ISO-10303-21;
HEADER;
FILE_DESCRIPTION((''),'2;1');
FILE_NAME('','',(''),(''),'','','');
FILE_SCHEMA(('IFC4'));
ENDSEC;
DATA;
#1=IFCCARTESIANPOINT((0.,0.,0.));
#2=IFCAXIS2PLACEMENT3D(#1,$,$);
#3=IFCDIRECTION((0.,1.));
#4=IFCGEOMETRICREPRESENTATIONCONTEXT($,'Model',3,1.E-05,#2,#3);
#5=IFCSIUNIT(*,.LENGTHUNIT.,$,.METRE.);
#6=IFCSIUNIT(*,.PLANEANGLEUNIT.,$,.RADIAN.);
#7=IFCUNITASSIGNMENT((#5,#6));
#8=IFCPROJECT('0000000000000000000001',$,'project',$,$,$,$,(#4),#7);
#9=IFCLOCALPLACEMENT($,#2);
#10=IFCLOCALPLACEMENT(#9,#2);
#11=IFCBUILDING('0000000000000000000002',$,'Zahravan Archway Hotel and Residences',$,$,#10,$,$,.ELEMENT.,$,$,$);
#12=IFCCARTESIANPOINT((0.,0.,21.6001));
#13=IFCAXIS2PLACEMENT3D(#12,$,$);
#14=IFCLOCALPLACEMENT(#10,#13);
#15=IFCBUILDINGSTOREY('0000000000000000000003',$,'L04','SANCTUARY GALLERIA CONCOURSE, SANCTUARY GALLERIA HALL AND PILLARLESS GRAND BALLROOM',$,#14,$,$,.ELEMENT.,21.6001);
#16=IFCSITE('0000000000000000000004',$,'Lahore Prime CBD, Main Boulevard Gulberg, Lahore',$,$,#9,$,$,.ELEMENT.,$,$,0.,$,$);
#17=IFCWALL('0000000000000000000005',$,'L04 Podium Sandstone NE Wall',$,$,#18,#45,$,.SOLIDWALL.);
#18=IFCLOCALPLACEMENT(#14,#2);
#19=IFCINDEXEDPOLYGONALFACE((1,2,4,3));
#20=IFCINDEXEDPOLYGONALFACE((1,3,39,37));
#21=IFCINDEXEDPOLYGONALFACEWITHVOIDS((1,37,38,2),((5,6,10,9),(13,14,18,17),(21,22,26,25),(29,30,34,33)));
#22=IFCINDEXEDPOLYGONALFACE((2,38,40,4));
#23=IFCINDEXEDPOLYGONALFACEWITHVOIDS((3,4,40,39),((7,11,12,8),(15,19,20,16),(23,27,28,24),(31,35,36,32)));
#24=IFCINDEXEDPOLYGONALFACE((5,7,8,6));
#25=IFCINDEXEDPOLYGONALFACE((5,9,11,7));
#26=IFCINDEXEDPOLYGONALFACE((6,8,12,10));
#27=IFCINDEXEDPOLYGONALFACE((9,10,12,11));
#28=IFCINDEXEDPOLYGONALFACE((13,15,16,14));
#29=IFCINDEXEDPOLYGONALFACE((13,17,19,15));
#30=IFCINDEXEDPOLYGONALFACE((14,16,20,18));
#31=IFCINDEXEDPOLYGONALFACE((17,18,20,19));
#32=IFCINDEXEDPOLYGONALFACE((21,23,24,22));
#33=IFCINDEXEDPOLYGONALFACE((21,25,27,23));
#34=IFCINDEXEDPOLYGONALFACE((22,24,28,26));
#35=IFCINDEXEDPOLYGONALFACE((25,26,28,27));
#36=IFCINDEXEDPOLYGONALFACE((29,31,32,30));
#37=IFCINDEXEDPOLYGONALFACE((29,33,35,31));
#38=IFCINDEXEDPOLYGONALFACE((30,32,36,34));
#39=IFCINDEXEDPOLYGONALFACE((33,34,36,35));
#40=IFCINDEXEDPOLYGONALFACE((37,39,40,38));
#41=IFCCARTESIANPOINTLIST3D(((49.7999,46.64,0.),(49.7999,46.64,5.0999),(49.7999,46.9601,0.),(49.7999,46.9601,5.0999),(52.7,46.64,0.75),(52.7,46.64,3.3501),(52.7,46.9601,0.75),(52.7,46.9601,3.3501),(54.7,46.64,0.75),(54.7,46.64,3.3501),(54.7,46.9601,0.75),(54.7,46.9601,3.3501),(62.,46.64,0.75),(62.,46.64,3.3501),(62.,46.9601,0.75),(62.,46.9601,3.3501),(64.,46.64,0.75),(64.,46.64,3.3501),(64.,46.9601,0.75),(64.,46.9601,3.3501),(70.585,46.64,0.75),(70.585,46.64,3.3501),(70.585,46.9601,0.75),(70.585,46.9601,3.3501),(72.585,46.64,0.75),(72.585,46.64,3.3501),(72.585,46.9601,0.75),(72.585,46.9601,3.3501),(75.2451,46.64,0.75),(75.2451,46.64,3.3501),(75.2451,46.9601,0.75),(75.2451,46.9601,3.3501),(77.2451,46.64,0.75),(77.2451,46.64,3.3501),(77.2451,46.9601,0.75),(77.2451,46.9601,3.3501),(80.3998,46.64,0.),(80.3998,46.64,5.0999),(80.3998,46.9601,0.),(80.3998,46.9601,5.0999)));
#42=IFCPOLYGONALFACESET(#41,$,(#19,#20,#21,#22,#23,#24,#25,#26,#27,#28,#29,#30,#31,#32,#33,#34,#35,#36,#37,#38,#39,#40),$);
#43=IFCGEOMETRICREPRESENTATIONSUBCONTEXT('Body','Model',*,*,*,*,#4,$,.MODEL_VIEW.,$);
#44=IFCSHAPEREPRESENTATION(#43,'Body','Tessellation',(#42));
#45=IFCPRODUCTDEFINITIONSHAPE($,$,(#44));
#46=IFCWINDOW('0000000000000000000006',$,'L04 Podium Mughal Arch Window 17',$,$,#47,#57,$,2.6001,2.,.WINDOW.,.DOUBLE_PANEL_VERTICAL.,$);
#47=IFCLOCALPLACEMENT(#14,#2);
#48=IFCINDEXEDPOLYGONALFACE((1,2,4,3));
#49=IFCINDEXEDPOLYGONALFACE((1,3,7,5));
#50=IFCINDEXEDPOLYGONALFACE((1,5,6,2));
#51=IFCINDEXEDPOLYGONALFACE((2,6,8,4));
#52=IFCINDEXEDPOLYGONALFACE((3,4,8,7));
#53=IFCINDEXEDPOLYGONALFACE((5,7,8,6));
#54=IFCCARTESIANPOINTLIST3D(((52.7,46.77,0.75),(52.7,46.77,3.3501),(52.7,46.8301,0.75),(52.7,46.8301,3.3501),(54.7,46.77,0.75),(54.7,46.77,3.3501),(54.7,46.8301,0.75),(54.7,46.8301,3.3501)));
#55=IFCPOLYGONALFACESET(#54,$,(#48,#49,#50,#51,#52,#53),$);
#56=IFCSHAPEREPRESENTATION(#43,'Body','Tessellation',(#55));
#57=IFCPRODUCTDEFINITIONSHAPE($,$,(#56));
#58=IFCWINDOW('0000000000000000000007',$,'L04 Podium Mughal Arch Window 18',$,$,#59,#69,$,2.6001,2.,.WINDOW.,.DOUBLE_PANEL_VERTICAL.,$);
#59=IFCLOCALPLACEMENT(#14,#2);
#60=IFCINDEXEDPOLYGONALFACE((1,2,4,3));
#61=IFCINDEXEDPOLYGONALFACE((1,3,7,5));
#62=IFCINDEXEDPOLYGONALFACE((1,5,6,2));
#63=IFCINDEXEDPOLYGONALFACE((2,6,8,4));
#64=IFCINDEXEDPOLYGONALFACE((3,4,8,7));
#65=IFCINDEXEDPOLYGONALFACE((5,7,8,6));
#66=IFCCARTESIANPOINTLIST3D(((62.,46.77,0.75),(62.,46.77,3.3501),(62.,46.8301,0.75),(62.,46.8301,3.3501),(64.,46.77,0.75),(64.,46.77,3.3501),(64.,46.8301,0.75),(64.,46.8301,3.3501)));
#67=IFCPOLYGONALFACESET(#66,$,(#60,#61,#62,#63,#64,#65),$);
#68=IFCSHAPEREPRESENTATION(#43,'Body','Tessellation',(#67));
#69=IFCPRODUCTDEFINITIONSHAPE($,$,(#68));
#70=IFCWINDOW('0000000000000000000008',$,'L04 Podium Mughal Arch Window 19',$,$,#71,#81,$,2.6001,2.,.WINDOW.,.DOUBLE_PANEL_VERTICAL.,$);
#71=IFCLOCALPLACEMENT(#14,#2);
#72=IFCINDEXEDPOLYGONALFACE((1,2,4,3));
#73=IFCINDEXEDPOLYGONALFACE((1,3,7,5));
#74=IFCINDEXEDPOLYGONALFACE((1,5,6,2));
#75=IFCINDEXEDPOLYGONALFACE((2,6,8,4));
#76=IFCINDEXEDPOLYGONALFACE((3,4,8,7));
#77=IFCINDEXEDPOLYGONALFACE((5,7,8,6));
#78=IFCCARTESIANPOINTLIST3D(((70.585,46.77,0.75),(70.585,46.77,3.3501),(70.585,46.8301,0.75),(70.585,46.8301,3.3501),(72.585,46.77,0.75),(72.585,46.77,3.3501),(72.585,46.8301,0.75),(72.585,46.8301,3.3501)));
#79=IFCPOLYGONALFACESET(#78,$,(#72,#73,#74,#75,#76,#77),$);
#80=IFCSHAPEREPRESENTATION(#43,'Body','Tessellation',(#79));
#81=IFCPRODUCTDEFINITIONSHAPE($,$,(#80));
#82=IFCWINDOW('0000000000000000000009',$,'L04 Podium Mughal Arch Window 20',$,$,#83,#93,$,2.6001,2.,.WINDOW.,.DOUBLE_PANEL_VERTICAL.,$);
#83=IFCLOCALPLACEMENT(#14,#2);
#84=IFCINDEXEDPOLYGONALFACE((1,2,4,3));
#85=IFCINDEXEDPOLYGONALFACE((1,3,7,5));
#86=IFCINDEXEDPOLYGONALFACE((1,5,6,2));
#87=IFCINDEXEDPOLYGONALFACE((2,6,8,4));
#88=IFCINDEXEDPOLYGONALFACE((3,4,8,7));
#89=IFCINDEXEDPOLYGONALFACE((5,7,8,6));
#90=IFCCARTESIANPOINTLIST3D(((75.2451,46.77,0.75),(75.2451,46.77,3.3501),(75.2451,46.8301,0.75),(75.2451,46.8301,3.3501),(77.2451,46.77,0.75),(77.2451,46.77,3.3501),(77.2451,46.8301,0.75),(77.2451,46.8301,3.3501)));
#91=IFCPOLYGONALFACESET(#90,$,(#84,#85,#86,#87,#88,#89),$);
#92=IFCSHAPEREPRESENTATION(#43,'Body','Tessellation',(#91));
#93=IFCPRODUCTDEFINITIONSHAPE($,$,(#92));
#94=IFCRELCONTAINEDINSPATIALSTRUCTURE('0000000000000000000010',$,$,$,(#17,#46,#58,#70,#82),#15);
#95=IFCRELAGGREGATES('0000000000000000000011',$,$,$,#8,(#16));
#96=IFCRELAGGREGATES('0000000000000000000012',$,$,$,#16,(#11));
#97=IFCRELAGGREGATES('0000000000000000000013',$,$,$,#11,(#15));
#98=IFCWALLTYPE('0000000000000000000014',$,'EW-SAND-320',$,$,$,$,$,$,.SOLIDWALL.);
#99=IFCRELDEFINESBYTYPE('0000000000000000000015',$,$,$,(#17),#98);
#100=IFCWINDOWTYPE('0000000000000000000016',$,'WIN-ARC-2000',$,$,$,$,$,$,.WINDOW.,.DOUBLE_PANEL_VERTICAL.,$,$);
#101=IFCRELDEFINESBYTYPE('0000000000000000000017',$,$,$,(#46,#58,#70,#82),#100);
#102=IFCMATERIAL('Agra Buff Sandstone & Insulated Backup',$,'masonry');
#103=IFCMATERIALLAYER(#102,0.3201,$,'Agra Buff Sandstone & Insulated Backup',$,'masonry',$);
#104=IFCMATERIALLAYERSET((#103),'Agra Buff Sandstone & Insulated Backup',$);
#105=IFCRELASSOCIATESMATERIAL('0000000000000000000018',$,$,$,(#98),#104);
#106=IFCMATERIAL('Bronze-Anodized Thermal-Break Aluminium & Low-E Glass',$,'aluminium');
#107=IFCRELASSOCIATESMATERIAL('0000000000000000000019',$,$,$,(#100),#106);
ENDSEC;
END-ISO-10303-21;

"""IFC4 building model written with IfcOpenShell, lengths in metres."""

from ifc_helpers import new_model, si_unit, direction, frame, frame_2d, origin, place, context, subcontext, project, spatial, rectangle, extrude, source, transform, mapped, material, layer, layer_set, type_object, type_shapes, element, fill, save


model = new_model("IFC4")

# Units and contexts
model_context = context("Model", 3, precision=1e-05, world=origin(), true_north=direction((0.0, 1.0)))
body_context = subcontext(model_context, "Body", "Model", "MODEL_VIEW")
ifc_project = project(units=[si_unit("LENGTHUNIT", "METRE"), si_unit("PLANEANGLEUNIT", "RADIAN")], contexts=[model_context])

# Site, building, storey
site_placement = place(None, origin())
site = spatial("IfcSite", under=ifc_project, at=site_placement, Name="Lahore Prime CBD, Main Boulevard Gulberg, Lahore", CompositionType="ELEMENT", RefElevation=0.0)
building_placement = place(site_placement, origin())
building = spatial("IfcBuilding", under=site, at=building_placement, Name="Zahravan Archway Hotel and Residences", CompositionType="ELEMENT")
storey_placement = place(building_placement, frame((0.0, 0.0, 21.6001)))
storey = spatial("IfcBuildingStorey", under=building, at=storey_placement, Name="L04", Description="SANCTUARY GALLERIA CONCOURSE, SANCTUARY GALLERIA HALL AND PILLARLESS GRAND BALLROOM", CompositionType="ELEMENT", Elevation=21.6001)

# Wall, openings, windows
ifc_material_1 = material(Name="Agra Buff Sandstone & Insulated Backup", Category="masonry")
ifc_layer_1 = layer(ifc_material_1, 0.3201, Name="Agra Buff Sandstone & Insulated Backup", Category="masonry")
ifc_layer_set_1 = layer_set([ifc_layer_1], Name="Agra Buff Sandstone & Insulated Backup")
wall_type = type_object("IfcWallType", Name="EW-SAND-320", PredefinedType="SOLIDWALL", material=ifc_layer_set_1)
wall_placement = place(storey_placement, frame((49.8, 46.8, 0.0), z_axis=(0.0, 0.0, 1.0), x_axis=(1.0, 0.0, 0.0)))
wall = element("IfcWall", 1, at=wall_placement, inside=storey, type_object=wall_type, Name="L04 Podium Sandstone NE Wall", PredefinedType="SOLIDWALL", context=body_context, shape_type="SweptSolid", body=[
    extrude(rectangle(XDim=30.5999, YDim=0.3201, at=frame_2d((15.2998, 0.0))), origin(), (0.0, 0.0, 1.0), 5.0999),
])
opening_1_placement = place(wall_placement, frame((2.8999, 0.0, 0.75)))
opening_1 = element("IfcOpeningElement", 2, at=opening_1_placement, cuts=wall, PredefinedType="OPENING", context=body_context, shape_type="SweptSolid", body=[
    extrude(rectangle(XDim=2.0, YDim=2.6001, at=frame_2d((1.0, 1.3))), frame((0.0, 0.1699, 0.0), z_axis=(0.0, -1.0, 0.0), x_axis=(1.0, 0.0, 0.0)), (0.0, 0.0, 1.0), 0.3401),
])
opening_2_placement = place(wall_placement, frame((12.2, 0.0, 0.75)))
opening_2 = element("IfcOpeningElement", 3, at=opening_2_placement, cuts=wall, PredefinedType="OPENING", context=body_context, shape_type="SweptSolid", body=[
    extrude(rectangle(XDim=2.0, YDim=2.6001, at=frame_2d((1.0, 1.3))), frame((0.0, 0.1699, 0.0), z_axis=(0.0, -1.0, 0.0), x_axis=(1.0, 0.0, 0.0)), (0.0, 0.0, 1.0), 0.3401),
])
opening_3_placement = place(wall_placement, frame((20.7849, 0.0, 0.75)))
opening_3 = element("IfcOpeningElement", 4, at=opening_3_placement, cuts=wall, PredefinedType="OPENING", context=body_context, shape_type="SweptSolid", body=[
    extrude(rectangle(XDim=2.0, YDim=2.6001, at=frame_2d((1.0, 1.3))), frame((0.0, 0.1699, 0.0), z_axis=(0.0, -1.0, 0.0), x_axis=(1.0, 0.0, 0.0)), (0.0, 0.0, 1.0), 0.3401),
])
opening_4_placement = place(wall_placement, frame((25.4451, 0.0, 0.75)))
opening_4 = element("IfcOpeningElement", 5, at=opening_4_placement, cuts=wall, PredefinedType="OPENING", context=body_context, shape_type="SweptSolid", body=[
    extrude(rectangle(XDim=2.0, YDim=2.6001, at=frame_2d((1.0, 1.3))), frame((0.0, 0.1699, 0.0), z_axis=(0.0, -1.0, 0.0), x_axis=(1.0, 0.0, 0.0)), (0.0, 0.0, 1.0), 0.3401),
])
ifc_material_2 = material(Name="Bronze-Anodized Thermal-Break Aluminium & Low-E Glass", Category="aluminium")
window_type = type_object("IfcWindowType", Name="WIN-ARC-2000", PartitioningType="DOUBLE_PANEL_VERTICAL", PredefinedType="WINDOW", material=ifc_material_2)
shared_shape_1 = source(origin(), body_context, "Body", "SweptSolid", [
    extrude(rectangle(XDim=2.0, YDim=2.6001, at=frame_2d((1.0, 1.3))), frame((0.0, 0.03, 0.0), z_axis=(0.0, -1.0, 0.0), x_axis=(1.0, 0.0, 0.0)), (0.0, 0.0, 1.0), 0.0601),
])
type_shapes(window_type, [shared_shape_1])
window_1_placement = place(opening_1_placement, origin())
window_1 = element("IfcWindow", 6, at=window_1_placement, inside=storey, type_object=window_type, Name="L04 Podium Mughal Arch Window 17", OverallHeight=2.6001, OverallWidth=2.0, PartitioningType="DOUBLE_PANEL_VERTICAL", PredefinedType="WINDOW", context=body_context, shape_type="MappedRepresentation", body=[
    mapped(shared_shape_1, transform((0.0, 0.0, 0.0), scale=1.0)),
])
fill(opening_1, window_1)
window_2_placement = place(opening_2_placement, origin())
window_2 = element("IfcWindow", 7, at=window_2_placement, inside=storey, type_object=window_type, Name="L04 Podium Mughal Arch Window 18", OverallHeight=2.6001, OverallWidth=2.0, PartitioningType="DOUBLE_PANEL_VERTICAL", PredefinedType="WINDOW", context=body_context, shape_type="MappedRepresentation", body=[
    mapped(shared_shape_1, transform((0.0, 0.0, 0.0), scale=1.0)),
])
fill(opening_2, window_2)
window_3_placement = place(opening_3_placement, origin())
window_3 = element("IfcWindow", 8, at=window_3_placement, inside=storey, type_object=window_type, Name="L04 Podium Mughal Arch Window 19", OverallHeight=2.6001, OverallWidth=2.0, PartitioningType="DOUBLE_PANEL_VERTICAL", PredefinedType="WINDOW", context=body_context, shape_type="MappedRepresentation", body=[
    mapped(shared_shape_1, transform((0.0, 0.0, 0.0), scale=1.0)),
])
fill(opening_3, window_3)
window_4_placement = place(opening_4_placement, origin())
window_4 = element("IfcWindow", 9, at=window_4_placement, inside=storey, type_object=window_type, Name="L04 Podium Mughal Arch Window 20", OverallHeight=2.6001, OverallWidth=2.0, PartitioningType="DOUBLE_PANEL_VERTICAL", PredefinedType="WINDOW", context=body_context, shape_type="MappedRepresentation", body=[
    mapped(shared_shape_1, transform((0.0, 0.0, 0.0), scale=1.0)),
])
fill(opening_4, window_4)

save(model, "model.ifc")
